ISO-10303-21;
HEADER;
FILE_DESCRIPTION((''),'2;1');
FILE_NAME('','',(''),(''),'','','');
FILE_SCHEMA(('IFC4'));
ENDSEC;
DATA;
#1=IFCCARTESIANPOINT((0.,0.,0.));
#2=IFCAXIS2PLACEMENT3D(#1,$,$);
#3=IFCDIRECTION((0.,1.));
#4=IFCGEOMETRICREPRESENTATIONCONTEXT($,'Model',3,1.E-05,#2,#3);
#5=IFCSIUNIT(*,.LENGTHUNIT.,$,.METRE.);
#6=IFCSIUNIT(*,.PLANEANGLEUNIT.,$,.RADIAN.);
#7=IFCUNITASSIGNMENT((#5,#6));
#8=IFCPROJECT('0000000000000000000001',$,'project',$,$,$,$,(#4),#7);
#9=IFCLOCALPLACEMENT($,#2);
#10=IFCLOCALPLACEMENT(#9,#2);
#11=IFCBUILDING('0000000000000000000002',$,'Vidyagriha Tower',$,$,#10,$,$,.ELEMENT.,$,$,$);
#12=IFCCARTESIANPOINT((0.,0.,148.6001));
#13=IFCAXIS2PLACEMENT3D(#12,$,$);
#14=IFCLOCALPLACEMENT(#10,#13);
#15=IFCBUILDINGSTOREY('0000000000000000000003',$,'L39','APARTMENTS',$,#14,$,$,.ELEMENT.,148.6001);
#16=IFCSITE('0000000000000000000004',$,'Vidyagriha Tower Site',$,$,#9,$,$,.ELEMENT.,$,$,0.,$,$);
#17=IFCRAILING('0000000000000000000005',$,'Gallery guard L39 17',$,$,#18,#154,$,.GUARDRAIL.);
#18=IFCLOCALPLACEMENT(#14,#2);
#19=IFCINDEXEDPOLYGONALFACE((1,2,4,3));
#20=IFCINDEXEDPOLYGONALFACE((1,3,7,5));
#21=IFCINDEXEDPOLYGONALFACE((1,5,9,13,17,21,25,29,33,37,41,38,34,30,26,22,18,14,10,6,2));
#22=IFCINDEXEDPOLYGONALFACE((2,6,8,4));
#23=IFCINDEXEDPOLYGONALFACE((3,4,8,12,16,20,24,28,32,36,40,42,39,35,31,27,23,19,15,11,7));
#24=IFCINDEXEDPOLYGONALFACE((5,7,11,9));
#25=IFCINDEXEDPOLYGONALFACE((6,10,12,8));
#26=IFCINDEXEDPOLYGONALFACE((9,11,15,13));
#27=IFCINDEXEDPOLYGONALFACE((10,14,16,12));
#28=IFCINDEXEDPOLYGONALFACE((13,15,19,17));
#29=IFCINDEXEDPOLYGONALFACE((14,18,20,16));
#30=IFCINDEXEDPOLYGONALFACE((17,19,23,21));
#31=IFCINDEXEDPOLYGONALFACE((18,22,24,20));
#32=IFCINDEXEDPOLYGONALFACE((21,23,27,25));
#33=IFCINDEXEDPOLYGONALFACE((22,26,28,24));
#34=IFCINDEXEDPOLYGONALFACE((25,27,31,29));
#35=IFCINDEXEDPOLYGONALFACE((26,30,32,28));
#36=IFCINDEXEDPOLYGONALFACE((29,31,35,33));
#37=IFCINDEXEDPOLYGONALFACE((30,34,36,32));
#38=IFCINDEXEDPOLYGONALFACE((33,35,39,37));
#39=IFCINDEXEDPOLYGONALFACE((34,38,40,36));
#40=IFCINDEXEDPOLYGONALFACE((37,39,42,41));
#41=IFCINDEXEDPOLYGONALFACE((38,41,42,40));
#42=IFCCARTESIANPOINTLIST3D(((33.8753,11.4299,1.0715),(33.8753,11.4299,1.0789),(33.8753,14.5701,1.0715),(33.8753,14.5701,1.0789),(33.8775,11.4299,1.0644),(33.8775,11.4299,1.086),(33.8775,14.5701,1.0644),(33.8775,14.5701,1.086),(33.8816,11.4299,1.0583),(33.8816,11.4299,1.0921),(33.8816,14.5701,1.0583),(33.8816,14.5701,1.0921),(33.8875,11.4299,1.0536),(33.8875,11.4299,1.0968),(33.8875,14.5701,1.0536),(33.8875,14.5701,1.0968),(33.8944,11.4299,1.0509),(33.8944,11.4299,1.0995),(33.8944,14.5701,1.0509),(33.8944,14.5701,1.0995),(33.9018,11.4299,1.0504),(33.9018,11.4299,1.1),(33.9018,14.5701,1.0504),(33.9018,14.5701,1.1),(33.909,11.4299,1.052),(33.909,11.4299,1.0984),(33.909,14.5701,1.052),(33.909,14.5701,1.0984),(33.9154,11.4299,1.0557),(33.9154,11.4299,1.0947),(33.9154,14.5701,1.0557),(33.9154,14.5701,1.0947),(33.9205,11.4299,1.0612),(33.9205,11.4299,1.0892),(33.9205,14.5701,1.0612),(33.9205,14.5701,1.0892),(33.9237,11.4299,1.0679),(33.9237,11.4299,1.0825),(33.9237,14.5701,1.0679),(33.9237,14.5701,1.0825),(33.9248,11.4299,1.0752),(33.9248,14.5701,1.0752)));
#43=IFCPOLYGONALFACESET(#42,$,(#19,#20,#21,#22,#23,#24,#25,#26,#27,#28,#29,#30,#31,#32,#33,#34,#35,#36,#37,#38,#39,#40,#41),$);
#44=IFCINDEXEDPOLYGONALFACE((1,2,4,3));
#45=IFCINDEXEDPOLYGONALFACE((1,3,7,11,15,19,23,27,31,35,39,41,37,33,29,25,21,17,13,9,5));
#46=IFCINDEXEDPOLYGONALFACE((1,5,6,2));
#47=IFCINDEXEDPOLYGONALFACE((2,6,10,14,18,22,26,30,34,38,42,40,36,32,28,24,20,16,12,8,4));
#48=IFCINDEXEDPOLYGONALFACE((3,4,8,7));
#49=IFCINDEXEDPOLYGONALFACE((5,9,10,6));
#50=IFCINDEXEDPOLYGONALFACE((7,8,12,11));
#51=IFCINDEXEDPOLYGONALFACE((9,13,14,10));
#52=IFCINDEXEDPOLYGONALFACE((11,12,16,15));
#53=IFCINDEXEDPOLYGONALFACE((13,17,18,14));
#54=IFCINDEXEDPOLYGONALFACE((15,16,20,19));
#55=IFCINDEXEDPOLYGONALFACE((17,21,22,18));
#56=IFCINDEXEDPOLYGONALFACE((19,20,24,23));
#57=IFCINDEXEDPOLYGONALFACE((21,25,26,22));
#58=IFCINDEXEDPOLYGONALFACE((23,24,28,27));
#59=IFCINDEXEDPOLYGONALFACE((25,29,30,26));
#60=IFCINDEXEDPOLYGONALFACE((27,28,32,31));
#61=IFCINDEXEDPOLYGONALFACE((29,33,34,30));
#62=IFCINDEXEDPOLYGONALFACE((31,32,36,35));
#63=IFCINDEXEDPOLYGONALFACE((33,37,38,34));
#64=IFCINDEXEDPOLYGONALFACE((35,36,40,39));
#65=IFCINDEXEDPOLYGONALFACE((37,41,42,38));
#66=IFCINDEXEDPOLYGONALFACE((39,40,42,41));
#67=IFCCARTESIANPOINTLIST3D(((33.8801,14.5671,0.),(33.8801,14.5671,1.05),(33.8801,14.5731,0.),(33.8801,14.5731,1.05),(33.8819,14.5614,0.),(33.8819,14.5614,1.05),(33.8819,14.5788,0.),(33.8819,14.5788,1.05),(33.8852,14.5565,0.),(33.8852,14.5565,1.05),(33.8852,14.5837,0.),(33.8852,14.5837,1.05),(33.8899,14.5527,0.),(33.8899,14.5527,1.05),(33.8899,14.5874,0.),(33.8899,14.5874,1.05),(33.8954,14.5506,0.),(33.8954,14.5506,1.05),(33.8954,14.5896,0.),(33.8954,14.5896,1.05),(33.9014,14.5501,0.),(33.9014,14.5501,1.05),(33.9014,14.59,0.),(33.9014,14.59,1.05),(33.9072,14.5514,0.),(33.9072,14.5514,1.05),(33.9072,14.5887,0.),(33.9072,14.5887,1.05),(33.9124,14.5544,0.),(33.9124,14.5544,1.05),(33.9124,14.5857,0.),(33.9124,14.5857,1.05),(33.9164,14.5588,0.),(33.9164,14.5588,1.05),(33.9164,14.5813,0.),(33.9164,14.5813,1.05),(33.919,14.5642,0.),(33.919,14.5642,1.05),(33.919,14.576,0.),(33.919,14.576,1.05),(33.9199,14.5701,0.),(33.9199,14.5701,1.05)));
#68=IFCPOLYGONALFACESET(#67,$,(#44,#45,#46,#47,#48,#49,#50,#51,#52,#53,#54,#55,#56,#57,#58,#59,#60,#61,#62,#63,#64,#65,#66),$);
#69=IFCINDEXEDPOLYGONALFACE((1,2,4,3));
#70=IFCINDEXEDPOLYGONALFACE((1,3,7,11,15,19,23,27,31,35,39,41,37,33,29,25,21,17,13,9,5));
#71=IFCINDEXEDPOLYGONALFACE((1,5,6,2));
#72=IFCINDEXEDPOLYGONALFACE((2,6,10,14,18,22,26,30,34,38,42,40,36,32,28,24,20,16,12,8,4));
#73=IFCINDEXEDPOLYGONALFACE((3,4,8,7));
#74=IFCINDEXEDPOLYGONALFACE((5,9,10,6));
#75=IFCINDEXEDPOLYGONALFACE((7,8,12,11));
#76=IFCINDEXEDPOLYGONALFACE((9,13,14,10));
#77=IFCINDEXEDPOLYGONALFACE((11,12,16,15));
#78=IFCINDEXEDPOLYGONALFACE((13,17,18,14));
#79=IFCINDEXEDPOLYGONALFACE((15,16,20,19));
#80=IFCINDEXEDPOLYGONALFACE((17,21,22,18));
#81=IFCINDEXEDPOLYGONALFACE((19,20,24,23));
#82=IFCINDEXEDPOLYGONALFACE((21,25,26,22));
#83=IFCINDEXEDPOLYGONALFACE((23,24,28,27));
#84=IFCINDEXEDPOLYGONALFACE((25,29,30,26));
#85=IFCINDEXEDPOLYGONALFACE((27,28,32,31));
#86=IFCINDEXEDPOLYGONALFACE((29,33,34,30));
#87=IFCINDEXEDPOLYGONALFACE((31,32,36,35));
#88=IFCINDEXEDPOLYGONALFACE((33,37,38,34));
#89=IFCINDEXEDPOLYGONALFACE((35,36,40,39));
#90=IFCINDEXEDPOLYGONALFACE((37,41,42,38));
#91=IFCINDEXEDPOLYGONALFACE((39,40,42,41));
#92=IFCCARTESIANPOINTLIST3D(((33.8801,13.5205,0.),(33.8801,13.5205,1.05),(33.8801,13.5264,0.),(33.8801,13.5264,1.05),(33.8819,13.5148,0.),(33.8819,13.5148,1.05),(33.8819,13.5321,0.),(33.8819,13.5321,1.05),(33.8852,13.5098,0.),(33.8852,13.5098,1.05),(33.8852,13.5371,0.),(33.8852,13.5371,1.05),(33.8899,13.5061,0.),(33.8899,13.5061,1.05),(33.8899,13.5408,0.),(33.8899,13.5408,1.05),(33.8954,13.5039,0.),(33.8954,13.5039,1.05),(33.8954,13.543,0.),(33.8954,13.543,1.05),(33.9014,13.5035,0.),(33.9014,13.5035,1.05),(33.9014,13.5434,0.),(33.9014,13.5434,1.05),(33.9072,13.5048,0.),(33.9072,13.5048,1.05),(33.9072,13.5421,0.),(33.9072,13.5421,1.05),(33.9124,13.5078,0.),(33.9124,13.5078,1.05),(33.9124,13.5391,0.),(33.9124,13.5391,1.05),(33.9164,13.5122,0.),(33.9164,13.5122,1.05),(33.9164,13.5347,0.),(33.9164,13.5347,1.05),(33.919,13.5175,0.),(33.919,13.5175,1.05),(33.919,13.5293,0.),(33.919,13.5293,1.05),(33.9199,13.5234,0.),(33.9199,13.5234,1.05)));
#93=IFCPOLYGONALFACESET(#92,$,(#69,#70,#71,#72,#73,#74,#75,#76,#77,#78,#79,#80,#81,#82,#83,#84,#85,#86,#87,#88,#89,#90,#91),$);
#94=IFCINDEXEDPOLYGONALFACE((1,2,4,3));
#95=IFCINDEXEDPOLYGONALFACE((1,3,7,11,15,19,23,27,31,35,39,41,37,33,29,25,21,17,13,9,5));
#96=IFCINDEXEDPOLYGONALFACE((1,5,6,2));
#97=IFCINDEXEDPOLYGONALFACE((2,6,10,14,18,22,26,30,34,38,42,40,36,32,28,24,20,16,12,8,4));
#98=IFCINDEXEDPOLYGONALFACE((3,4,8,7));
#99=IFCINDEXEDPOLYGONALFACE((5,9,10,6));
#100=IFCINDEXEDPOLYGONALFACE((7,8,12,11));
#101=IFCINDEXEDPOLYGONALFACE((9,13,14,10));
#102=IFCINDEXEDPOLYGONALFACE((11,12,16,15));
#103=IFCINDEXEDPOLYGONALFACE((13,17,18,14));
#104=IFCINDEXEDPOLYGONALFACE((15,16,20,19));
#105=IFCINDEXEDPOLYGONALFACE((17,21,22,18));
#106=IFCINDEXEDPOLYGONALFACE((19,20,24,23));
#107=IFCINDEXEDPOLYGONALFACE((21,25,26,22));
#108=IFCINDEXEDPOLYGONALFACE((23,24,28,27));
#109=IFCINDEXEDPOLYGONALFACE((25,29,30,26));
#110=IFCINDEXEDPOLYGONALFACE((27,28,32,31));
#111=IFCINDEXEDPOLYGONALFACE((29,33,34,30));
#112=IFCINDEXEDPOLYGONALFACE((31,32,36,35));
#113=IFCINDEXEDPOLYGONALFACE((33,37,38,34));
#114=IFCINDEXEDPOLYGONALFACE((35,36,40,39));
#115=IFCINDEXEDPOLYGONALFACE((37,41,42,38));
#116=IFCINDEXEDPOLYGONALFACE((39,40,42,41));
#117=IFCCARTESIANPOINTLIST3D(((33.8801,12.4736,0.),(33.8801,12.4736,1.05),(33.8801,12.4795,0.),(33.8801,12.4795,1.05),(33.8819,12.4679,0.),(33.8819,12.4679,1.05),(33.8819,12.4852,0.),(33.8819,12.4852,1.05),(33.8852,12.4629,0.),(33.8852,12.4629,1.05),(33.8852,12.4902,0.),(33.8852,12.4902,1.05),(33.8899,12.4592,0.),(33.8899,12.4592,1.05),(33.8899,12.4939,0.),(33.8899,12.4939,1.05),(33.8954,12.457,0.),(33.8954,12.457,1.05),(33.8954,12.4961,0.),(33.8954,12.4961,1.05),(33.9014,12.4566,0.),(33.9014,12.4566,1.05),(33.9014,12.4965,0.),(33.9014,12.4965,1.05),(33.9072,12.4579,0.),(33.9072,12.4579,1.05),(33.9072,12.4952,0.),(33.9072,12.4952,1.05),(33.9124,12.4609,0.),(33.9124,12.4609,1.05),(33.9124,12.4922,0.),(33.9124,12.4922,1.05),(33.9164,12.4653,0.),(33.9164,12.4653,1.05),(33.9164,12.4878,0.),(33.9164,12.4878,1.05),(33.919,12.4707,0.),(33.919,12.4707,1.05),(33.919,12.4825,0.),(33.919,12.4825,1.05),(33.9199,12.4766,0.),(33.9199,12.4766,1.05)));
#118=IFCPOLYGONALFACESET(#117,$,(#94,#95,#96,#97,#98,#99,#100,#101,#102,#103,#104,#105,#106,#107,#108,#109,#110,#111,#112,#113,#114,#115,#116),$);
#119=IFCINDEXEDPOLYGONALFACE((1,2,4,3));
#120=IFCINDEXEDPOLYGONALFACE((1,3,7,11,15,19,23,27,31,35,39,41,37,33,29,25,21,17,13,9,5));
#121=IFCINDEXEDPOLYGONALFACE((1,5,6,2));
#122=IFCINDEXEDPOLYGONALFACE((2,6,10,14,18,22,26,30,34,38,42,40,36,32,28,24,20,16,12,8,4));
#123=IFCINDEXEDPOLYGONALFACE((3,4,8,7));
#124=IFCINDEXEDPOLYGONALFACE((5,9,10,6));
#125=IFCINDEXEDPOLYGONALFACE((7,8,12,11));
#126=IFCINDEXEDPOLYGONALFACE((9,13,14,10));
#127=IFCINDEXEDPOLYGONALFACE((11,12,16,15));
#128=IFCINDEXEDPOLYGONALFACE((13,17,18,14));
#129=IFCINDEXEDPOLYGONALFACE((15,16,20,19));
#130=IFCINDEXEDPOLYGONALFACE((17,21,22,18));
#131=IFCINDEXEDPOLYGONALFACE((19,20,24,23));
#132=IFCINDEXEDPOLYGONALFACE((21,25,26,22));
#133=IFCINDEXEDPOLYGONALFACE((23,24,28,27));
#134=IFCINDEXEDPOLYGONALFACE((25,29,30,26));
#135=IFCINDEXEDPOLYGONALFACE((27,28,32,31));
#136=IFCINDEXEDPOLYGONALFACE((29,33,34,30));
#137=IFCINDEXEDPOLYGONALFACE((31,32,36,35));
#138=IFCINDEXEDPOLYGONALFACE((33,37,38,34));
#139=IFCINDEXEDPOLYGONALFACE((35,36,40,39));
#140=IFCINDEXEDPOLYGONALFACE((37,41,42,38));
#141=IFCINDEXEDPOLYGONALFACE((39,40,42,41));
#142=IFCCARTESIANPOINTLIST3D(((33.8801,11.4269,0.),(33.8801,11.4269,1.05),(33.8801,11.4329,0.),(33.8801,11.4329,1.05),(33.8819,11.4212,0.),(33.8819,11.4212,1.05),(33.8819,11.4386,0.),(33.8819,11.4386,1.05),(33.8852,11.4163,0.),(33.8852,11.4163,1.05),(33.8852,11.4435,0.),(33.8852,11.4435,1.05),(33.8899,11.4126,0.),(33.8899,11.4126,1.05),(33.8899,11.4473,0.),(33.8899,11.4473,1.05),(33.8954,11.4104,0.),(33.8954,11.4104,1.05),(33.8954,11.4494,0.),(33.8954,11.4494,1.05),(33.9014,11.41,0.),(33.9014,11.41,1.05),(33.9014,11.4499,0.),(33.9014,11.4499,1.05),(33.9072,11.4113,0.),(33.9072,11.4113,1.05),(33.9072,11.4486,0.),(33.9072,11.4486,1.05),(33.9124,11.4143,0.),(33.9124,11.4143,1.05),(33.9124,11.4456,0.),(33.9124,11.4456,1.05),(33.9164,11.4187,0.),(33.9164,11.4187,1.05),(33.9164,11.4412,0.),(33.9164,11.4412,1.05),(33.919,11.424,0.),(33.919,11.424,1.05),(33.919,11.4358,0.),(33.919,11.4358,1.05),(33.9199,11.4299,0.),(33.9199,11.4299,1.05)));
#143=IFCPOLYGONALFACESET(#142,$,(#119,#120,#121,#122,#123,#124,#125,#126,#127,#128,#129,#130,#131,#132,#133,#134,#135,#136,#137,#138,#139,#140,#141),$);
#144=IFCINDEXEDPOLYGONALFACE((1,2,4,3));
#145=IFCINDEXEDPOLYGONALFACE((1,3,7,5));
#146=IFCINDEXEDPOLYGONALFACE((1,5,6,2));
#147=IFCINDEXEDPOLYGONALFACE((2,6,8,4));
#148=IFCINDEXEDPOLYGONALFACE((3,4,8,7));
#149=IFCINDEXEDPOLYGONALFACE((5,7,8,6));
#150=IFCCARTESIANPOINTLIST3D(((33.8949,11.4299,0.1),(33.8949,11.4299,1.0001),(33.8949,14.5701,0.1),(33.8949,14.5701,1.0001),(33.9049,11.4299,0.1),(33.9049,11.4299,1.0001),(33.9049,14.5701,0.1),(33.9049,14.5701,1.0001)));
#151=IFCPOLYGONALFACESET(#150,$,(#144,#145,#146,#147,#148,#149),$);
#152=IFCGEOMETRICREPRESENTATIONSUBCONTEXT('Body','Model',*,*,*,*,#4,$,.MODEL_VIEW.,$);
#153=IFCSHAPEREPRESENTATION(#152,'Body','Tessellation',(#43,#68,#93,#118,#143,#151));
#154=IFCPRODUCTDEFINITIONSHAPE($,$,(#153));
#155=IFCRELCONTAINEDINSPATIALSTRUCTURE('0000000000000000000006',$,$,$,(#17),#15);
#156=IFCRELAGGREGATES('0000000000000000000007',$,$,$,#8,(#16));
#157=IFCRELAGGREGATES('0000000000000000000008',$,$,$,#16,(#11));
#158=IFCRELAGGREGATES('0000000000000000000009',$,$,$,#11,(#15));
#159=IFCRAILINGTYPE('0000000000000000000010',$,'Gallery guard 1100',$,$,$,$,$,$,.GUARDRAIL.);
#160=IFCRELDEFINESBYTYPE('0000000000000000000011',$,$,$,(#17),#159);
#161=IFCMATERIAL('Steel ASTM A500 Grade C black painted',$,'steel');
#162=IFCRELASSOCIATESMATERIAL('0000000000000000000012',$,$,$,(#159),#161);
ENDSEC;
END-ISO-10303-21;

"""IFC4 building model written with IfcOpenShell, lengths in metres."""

from ifc_helpers import new_model, si_unit, direction, frame, origin, origin_2d, place, context, subcontext, project, spatial, rectangle, circle, extrude, material, type_object, element, save


model = new_model("IFC4")

# Units and contexts
model_context = context("Model", 3, precision=1e-05, world=origin(), true_north=direction((0.0, 1.0)))
body_context = subcontext(model_context, "Body", "Model", "MODEL_VIEW")
ifc_project = project(units=[si_unit("LENGTHUNIT", "METRE"), si_unit("PLANEANGLEUNIT", "RADIAN")], contexts=[model_context])

# Site, building, storey
site_placement = place(None, origin())
site = spatial("IfcSite", under=ifc_project, at=site_placement, Name="Vidyagriha Tower Site", CompositionType="ELEMENT", RefElevation=0.0)
building_placement = place(site_placement, origin())
building = spatial("IfcBuilding", under=site, at=building_placement, Name="Vidyagriha Tower", CompositionType="ELEMENT")
storey_placement = place(building_placement, frame((0.0, 0.0, 148.6001)))
storey = spatial("IfcBuildingStorey", under=building, at=storey_placement, Name="L39", Description="APARTMENTS", CompositionType="ELEMENT", Elevation=148.6001)

# Railing
ifc_material_1 = material(Name="Steel ASTM A500 Grade C black painted", Category="steel")
railing_type = type_object("IfcRailingType", Name="Gallery guard 1100", PredefinedType="GUARDRAIL", material=ifc_material_1)
railing_1_placement = place(storey_placement, frame((33.8999, 14.5701, 0.0)))
element("IfcRailing", 1, at=railing_1_placement, inside=storey, type_object=railing_type, Name="Gallery guard L39 17", PredefinedType="GUARDRAIL", context=body_context, shape_type="SweptSolid", body=[
    extrude(circle(Radius=0.0249, at=origin_2d()), frame((0.0, 0.0, 1.0752), z_axis=(0.0, -1.0, 0.0), x_axis=(1.0, 0.0, 0.0)), (0.0, 0.0, 1.0), 3.1401),
    extrude(circle(Radius=0.02, at=origin_2d()), origin(), (0.0, 0.0, 1.0), 1.05),
    extrude(circle(Radius=0.02, at=origin_2d()), frame((0.0, -1.0466, 0.0)), (0.0, 0.0, 1.0), 1.05),
    extrude(circle(Radius=0.02, at=origin_2d()), frame((0.0, -2.0935, 0.0)), (0.0, 0.0, 1.0), 1.05),
    extrude(circle(Radius=0.02, at=origin_2d()), frame((0.0, -3.1401, 0.0)), (0.0, 0.0, 1.0), 1.05),
    extrude(rectangle(XDim=0.01, YDim=0.9001, at=origin_2d()), frame((0.0, 0.0, 0.55), z_axis=(0.0, -1.0, 0.0), x_axis=(1.0, 0.0, 0.0)), (0.0, 0.0, 1.0), 3.1401),
])

save(model, "model.ifc")
